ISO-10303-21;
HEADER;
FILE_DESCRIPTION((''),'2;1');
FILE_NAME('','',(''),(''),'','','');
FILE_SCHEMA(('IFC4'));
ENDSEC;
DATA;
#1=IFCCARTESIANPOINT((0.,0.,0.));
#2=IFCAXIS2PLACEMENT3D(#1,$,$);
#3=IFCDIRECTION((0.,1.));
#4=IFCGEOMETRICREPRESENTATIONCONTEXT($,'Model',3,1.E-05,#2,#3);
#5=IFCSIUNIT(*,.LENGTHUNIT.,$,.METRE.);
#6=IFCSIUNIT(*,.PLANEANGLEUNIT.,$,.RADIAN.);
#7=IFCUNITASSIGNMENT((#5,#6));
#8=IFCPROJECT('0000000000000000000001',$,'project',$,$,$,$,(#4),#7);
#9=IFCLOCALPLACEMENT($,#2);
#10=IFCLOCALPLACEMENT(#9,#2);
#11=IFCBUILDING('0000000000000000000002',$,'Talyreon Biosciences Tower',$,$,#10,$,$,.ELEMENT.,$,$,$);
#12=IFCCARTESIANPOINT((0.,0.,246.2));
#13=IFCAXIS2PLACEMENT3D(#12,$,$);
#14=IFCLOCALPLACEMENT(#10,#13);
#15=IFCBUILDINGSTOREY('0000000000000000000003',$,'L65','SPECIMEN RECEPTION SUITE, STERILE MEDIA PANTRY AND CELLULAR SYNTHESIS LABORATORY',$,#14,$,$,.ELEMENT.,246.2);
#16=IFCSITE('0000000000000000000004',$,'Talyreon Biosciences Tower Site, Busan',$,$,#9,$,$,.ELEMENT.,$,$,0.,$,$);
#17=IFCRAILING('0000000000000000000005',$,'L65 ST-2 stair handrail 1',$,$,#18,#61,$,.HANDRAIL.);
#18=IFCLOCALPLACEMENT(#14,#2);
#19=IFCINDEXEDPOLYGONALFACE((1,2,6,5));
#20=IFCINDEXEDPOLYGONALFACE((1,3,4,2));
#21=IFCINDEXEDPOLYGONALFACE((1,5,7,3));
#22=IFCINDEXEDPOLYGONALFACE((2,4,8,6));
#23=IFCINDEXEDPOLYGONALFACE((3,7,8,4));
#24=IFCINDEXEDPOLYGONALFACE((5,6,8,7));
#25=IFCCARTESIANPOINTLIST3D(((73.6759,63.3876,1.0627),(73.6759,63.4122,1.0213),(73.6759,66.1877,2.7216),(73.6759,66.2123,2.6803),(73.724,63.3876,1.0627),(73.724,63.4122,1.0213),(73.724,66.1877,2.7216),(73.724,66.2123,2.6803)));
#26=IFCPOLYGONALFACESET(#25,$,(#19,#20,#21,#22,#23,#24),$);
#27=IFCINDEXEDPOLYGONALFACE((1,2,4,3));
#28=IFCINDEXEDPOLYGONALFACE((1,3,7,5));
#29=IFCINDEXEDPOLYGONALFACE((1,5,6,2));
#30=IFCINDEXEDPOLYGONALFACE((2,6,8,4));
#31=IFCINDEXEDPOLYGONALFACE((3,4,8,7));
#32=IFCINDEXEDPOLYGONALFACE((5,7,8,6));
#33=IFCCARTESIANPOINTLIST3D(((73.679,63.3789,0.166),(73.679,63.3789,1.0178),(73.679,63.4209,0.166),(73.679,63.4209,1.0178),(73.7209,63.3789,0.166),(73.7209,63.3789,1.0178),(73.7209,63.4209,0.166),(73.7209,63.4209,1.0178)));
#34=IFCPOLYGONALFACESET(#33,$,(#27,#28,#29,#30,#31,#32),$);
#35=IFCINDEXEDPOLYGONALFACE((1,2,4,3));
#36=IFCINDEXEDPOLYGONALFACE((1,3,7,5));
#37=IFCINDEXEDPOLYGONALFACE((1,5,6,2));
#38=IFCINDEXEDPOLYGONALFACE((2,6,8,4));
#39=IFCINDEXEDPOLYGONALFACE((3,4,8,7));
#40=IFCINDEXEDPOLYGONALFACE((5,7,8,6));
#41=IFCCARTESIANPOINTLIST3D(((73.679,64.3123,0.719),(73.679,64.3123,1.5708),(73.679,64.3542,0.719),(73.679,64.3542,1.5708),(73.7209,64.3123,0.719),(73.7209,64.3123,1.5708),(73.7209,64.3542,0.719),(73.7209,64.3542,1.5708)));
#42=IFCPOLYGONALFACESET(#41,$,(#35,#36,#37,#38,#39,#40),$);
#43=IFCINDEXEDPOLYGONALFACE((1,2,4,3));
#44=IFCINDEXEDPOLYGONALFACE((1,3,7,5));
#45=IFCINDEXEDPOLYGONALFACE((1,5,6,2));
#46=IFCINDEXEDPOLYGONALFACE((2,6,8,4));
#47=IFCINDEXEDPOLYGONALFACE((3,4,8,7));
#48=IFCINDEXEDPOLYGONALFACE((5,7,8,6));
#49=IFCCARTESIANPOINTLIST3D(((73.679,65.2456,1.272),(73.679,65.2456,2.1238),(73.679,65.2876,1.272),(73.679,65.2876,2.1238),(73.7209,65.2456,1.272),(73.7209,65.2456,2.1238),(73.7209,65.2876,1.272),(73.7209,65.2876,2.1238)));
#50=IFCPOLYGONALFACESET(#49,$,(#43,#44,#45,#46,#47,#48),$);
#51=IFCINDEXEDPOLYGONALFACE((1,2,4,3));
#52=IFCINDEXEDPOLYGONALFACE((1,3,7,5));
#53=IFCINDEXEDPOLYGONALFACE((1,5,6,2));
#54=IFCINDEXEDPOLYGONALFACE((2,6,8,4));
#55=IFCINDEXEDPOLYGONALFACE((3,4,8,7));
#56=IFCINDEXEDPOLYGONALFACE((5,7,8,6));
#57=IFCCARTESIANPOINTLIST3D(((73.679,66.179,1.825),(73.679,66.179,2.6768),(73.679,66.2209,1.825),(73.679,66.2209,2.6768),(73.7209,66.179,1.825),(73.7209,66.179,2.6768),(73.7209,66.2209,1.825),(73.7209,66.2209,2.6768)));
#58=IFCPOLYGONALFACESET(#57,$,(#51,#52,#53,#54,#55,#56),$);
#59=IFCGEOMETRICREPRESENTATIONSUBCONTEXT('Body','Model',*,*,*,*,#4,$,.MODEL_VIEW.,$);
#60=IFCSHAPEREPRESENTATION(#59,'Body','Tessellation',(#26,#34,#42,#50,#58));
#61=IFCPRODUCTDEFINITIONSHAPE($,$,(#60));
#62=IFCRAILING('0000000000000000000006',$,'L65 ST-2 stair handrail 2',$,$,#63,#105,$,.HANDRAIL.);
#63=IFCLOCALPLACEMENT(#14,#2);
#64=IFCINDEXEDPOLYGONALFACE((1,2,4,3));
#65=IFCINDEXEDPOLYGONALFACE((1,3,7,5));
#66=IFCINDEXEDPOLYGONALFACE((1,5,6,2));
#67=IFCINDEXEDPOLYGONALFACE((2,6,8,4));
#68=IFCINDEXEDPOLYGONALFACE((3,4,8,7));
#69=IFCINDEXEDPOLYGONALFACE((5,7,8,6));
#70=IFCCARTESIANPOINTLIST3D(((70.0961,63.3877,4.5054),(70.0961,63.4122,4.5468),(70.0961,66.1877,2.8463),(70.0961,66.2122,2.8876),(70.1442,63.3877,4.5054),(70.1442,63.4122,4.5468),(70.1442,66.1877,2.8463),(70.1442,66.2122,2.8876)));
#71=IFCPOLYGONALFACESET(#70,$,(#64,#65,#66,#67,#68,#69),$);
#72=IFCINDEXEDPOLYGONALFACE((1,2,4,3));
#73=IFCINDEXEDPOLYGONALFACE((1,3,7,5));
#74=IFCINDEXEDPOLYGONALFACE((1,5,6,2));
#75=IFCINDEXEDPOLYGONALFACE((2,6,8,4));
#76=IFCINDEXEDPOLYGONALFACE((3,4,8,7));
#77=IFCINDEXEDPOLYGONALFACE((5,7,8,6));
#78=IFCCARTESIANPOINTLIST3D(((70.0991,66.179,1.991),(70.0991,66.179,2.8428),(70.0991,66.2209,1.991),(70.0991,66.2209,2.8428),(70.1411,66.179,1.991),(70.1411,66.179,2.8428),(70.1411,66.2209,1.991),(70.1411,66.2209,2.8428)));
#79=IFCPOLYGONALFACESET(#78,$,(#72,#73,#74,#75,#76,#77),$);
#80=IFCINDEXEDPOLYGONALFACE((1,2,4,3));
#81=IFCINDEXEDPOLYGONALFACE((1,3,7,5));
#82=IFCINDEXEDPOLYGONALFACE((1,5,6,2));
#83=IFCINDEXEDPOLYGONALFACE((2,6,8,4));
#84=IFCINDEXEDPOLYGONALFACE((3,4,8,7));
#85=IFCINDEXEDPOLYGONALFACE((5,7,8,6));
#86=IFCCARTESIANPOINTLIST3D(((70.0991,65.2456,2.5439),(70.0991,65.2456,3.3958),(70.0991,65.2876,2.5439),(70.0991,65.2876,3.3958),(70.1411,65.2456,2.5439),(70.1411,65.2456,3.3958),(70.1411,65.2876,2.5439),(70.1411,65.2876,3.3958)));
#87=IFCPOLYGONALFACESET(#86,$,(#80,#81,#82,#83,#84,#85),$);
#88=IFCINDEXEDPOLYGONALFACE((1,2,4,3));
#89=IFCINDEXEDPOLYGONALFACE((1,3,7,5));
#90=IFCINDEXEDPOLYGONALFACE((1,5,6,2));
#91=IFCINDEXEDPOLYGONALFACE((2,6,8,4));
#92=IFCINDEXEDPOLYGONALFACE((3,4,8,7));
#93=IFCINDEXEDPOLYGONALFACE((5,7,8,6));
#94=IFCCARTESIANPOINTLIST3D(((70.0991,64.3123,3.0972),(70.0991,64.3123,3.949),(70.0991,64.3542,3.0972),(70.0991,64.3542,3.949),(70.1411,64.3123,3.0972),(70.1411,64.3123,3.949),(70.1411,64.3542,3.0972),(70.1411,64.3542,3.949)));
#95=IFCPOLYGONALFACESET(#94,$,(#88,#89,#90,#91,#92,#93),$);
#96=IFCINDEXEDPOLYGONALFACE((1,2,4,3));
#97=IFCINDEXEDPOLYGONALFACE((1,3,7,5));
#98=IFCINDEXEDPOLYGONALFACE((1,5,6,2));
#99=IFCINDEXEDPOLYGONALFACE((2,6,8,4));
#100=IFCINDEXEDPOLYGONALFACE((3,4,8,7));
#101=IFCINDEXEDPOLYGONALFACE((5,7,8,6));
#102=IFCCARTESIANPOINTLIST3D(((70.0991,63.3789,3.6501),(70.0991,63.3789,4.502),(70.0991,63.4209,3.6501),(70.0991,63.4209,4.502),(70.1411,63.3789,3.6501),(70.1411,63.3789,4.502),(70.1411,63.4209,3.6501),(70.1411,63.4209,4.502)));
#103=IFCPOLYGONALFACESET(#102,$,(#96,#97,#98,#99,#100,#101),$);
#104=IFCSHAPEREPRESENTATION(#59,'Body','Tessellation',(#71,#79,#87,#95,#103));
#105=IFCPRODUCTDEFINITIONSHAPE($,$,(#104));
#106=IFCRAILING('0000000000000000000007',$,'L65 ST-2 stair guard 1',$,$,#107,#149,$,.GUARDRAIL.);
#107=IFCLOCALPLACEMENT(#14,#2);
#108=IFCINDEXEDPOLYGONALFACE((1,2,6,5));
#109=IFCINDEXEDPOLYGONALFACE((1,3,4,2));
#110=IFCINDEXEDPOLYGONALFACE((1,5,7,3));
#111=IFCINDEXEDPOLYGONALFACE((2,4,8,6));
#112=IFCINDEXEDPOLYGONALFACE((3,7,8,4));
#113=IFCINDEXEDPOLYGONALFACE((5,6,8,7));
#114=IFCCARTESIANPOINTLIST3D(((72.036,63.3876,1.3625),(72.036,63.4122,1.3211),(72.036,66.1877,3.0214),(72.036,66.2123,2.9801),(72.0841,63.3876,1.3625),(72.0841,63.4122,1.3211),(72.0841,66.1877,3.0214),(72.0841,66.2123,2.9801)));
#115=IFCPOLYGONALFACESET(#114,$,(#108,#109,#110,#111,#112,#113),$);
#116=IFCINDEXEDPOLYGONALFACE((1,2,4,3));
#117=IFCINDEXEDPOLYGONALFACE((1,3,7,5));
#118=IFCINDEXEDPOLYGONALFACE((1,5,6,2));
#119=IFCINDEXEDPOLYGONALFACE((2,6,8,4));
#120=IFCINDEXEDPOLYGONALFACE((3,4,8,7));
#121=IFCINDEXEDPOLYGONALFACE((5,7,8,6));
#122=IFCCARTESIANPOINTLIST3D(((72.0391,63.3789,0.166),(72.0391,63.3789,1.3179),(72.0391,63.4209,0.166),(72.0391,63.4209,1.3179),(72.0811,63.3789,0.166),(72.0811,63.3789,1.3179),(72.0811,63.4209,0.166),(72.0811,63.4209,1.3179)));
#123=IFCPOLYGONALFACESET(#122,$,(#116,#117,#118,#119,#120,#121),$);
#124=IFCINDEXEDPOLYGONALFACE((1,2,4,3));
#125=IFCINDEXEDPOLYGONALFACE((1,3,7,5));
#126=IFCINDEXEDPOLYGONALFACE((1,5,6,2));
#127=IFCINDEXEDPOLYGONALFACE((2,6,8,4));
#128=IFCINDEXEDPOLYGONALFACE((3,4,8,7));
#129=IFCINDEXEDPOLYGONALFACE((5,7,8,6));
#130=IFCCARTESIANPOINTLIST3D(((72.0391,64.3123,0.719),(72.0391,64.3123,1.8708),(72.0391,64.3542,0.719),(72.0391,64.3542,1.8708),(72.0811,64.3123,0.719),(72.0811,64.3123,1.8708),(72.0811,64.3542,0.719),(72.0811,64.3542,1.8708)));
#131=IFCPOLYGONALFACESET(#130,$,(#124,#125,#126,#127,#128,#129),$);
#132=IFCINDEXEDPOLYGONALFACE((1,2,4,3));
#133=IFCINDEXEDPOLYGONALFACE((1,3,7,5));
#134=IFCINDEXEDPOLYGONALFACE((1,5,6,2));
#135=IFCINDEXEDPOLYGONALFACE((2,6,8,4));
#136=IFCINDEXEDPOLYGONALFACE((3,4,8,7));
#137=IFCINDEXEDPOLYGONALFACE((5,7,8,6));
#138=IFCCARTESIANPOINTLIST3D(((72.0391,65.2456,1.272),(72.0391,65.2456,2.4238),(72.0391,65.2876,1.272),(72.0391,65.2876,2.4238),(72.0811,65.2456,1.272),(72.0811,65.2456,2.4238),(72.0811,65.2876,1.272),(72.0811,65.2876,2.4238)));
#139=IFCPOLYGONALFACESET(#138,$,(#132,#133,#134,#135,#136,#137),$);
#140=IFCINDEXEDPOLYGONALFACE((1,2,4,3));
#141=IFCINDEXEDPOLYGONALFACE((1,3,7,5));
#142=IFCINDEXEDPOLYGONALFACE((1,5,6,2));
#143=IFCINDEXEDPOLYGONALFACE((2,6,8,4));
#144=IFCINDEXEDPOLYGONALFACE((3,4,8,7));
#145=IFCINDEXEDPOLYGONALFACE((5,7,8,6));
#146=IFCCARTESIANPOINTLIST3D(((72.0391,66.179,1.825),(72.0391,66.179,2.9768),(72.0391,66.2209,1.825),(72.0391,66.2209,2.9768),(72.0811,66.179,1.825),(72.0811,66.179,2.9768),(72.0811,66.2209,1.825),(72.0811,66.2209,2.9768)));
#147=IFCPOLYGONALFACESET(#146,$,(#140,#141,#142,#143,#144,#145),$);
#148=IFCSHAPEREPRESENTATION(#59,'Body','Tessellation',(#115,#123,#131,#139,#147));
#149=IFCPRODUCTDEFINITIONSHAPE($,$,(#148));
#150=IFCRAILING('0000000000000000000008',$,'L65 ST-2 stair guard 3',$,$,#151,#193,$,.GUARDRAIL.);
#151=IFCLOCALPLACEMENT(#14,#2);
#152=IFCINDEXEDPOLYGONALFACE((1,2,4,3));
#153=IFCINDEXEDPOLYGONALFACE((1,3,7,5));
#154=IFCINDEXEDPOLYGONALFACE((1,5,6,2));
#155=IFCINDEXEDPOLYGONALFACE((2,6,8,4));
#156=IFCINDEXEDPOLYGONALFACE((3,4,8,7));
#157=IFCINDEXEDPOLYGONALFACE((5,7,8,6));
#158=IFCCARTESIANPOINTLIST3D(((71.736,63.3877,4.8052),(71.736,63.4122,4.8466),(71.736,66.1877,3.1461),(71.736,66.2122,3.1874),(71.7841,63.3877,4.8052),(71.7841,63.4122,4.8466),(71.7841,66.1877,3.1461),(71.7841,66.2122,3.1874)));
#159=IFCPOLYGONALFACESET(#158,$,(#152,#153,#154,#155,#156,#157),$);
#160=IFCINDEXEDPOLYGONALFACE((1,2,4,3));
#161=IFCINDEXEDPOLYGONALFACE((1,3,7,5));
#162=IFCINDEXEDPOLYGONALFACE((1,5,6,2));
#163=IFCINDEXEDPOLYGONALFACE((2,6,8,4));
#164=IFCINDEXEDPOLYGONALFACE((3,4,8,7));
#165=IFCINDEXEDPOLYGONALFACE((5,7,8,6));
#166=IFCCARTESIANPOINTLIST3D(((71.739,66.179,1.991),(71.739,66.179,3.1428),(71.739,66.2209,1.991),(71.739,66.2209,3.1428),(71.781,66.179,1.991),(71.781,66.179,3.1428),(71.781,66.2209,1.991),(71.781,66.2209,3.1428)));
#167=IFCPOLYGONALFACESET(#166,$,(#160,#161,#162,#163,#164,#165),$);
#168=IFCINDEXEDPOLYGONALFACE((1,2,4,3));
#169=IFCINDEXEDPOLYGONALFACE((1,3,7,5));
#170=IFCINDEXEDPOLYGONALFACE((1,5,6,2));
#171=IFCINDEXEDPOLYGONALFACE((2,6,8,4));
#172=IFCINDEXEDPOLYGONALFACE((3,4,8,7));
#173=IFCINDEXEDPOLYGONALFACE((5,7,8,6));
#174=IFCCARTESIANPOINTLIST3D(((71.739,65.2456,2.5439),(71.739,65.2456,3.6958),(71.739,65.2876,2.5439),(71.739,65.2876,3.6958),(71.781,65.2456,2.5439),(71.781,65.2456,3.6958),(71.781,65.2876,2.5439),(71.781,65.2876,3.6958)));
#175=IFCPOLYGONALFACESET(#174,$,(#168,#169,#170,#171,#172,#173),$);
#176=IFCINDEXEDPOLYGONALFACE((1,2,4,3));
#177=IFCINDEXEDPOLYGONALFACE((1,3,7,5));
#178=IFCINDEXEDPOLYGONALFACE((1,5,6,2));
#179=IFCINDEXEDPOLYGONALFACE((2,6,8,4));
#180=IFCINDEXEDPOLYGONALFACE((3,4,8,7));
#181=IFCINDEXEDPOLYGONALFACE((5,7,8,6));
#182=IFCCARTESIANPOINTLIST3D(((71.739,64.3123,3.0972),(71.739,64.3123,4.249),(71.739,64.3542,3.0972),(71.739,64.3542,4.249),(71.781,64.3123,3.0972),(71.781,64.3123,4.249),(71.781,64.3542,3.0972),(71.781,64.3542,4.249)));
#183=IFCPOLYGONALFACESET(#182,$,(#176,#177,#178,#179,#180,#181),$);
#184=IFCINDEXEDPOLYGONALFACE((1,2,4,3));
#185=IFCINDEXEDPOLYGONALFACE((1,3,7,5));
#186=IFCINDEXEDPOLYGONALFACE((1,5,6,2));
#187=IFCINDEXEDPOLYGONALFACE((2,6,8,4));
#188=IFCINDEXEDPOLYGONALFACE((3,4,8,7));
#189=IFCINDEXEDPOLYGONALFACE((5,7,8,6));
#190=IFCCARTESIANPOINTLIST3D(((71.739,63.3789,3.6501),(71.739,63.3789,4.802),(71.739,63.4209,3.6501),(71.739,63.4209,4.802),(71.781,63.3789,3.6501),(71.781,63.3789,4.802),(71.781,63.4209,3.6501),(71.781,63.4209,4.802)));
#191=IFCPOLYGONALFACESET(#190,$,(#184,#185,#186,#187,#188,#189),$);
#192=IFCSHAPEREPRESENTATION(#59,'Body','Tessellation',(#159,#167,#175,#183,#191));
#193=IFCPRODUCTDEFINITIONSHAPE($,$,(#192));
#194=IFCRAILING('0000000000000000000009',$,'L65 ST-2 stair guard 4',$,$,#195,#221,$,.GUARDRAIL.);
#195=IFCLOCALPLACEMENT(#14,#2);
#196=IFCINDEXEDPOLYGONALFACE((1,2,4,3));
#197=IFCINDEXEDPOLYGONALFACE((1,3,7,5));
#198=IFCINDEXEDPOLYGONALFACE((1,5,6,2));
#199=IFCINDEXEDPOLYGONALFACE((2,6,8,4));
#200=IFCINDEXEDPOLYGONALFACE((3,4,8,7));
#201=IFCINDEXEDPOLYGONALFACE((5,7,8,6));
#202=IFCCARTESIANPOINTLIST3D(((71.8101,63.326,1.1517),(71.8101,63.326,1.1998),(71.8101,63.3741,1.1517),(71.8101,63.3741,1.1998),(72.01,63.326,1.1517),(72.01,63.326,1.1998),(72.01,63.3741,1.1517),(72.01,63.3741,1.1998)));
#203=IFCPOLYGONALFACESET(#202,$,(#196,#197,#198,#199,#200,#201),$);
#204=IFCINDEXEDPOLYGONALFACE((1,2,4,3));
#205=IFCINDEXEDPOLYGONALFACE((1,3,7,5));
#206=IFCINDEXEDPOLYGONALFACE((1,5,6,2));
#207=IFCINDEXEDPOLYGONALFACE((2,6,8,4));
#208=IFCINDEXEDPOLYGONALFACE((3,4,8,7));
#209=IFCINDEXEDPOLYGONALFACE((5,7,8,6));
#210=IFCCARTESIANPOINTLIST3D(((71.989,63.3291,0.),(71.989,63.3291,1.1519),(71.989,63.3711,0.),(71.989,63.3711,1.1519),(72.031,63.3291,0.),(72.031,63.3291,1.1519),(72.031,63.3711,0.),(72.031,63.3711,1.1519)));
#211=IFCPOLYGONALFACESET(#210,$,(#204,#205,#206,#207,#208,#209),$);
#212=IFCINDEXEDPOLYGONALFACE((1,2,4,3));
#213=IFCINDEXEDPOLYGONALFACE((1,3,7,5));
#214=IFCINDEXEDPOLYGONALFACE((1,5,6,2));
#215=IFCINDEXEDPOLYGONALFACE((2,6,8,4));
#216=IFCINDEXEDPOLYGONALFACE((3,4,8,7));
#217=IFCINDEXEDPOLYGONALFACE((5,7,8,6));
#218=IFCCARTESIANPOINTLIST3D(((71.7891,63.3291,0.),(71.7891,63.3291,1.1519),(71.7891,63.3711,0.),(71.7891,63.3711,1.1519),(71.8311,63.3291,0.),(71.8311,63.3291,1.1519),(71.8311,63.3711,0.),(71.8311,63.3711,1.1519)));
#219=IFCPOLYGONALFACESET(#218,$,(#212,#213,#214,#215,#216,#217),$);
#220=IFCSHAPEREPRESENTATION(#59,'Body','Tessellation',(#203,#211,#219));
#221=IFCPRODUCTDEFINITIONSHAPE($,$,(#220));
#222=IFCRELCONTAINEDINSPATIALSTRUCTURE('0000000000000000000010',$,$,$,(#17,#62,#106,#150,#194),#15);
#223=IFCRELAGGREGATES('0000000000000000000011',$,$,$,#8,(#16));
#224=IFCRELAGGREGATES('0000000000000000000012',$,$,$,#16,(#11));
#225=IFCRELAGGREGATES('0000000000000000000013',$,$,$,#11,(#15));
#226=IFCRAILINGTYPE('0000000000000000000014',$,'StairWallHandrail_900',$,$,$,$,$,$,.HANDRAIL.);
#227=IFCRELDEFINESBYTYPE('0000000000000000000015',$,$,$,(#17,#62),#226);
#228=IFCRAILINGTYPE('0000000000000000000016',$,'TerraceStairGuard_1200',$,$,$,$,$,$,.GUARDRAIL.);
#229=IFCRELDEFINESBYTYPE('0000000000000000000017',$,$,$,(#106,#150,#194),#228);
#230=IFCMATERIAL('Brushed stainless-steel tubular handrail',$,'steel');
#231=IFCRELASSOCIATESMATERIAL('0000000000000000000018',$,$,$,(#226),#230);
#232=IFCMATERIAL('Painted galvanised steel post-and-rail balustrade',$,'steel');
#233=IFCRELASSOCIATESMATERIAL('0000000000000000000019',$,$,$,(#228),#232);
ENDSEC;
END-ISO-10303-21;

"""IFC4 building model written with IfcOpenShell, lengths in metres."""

from ifc_helpers import new_model, si_unit, direction, frame, origin, origin_2d, place, context, subcontext, project, spatial, rectangle, extrude, material, type_object, element, save


model = new_model("IFC4")

# Units and contexts
model_context = context("Model", 3, precision=1e-05, world=origin(), true_north=direction((0.0, 1.0)))
body_context = subcontext(model_context, "Body", "Model", "MODEL_VIEW")
ifc_project = project(units=[si_unit("LENGTHUNIT", "METRE"), si_unit("PLANEANGLEUNIT", "RADIAN")], contexts=[model_context])

# Site, building, storey
site_placement = place(None, origin())
site = spatial("IfcSite", under=ifc_project, at=site_placement, Name="Talyreon Biosciences Tower Site, Busan", CompositionType="ELEMENT", RefElevation=0.0)
building_placement = place(site_placement, origin())
building = spatial("IfcBuilding", under=site, at=building_placement, Name="Talyreon Biosciences Tower", CompositionType="ELEMENT")
storey_placement = place(building_placement, frame((0.0, 0.0, 246.2)))
storey = spatial("IfcBuildingStorey", under=building, at=storey_placement, Name="L65", Description="SPECIMEN RECEPTION SUITE, STERILE MEDIA PANTRY AND CELLULAR SYNTHESIS LABORATORY", CompositionType="ELEMENT", Elevation=246.2)

# Railings
ifc_material_1 = material(Name="Brushed stainless-steel tubular handrail", Category="steel")
railing_type_1 = type_object("IfcRailingType", Name="StairWallHandrail_900", PredefinedType="HANDRAIL", material=ifc_material_1)
railing_1_placement = place(storey_placement, frame((73.7, 63.3999, 0.166)))
element("IfcRailing", 1, at=railing_1_placement, inside=storey, type_object=railing_type_1, Name="L65 ST-2 stair handrail 1", PredefinedType="HANDRAIL", context=body_context, shape_type="SweptSolid", body=[
    extrude(rectangle(XDim=0.0481, YDim=0.0481, at=origin_2d()), frame((0.0, 0.0, 0.876), z_axis=(0.0, 0.860339, 0.509722), x_axis=(-1.0, 0.0, 0.0)), (0.0, 0.0, 1.0), 3.2546),
    extrude(rectangle(XDim=0.042, YDim=0.042, at=origin_2d()), origin(), (0.0, 0.0, 1.0), 0.8518),
    extrude(rectangle(XDim=0.042, YDim=0.042, at=origin_2d()), frame((0.0, 0.9333, 0.553)), (0.0, 0.0, 1.0), 0.8518),
    extrude(rectangle(XDim=0.042, YDim=0.042, at=origin_2d()), frame((0.0, 1.8667, 1.106)), (0.0, 0.0, 1.0), 0.8518),
    extrude(rectangle(XDim=0.042, YDim=0.042, at=origin_2d()), frame((0.0, 2.8, 1.6589)), (0.0, 0.0, 1.0), 0.8518),
])
railing_2_placement = place(storey_placement, frame((70.1201, 66.2, 1.991)))
element("IfcRailing", 2, at=railing_2_placement, inside=storey, type_object=railing_type_1, Name="L65 ST-2 stair handrail 2", PredefinedType="HANDRAIL", context=body_context, shape_type="SweptSolid", body=[
    extrude(rectangle(XDim=0.0481, YDim=0.0481, at=origin_2d()), frame((0.0, 0.0, 0.876), z_axis=(0.0, -0.860306, 0.509778), x_axis=(1.0, 0.0, 0.0)), (0.0, 0.0, 1.0), 3.2546),
    extrude(rectangle(XDim=0.042, YDim=0.042, at=origin_2d()), origin(), (0.0, 0.0, 1.0), 0.8518),
    extrude(rectangle(XDim=0.042, YDim=0.042, at=origin_2d()), frame((0.0, -0.9333, 0.553)), (0.0, 0.0, 1.0), 0.8518),
    extrude(rectangle(XDim=0.042, YDim=0.042, at=origin_2d()), frame((0.0, -1.8667, 1.1062)), (0.0, 0.0, 1.0), 0.8518),
    extrude(rectangle(XDim=0.042, YDim=0.042, at=origin_2d()), frame((0.0, -2.8, 1.6592)), (0.0, 0.0, 1.0), 0.8518),
])
ifc_material_2 = material(Name="Painted galvanised steel post-and-rail balustrade", Category="steel")
railing_type_2 = type_object("IfcRailingType", Name="TerraceStairGuard_1200", PredefinedType="GUARDRAIL", material=ifc_material_2)
railing_3_placement = place(storey_placement, frame((72.0601, 63.3999, 0.166)))
element("IfcRailing", 3, at=railing_3_placement, inside=storey, type_object=railing_type_2, Name="L65 ST-2 stair guard 1", PredefinedType="GUARDRAIL", context=body_context, shape_type="SweptSolid", body=[
    extrude(rectangle(XDim=0.0481, YDim=0.0481, at=origin_2d()), frame((0.0, 0.0, 1.1758), z_axis=(0.0, 0.860339, 0.509722), x_axis=(-1.0, 0.0, 0.0)), (0.0, 0.0, 1.0), 3.2546),
    extrude(rectangle(XDim=0.042, YDim=0.042, at=origin_2d()), origin(), (0.0, 0.0, 1.0), 1.1519),
    extrude(rectangle(XDim=0.042, YDim=0.042, at=origin_2d()), frame((0.0, 0.9333, 0.553)), (0.0, 0.0, 1.0), 1.1519),
    extrude(rectangle(XDim=0.042, YDim=0.042, at=origin_2d()), frame((0.0, 1.8667, 1.106)), (0.0, 0.0, 1.0), 1.1519),
    extrude(rectangle(XDim=0.042, YDim=0.042, at=origin_2d()), frame((0.0, 2.8, 1.6589)), (0.0, 0.0, 1.0), 1.1519),
])
railing_4_placement = place(storey_placement, frame((71.76, 66.2, 1.991)))
element("IfcRailing", 4, at=railing_4_placement, inside=storey, type_object=railing_type_2, Name="L65 ST-2 stair guard 3", PredefinedType="GUARDRAIL", context=body_context, shape_type="SweptSolid", body=[
    extrude(rectangle(XDim=0.0481, YDim=0.0481, at=origin_2d()), frame((0.0, 0.0, 1.1758), z_axis=(0.0, -0.860306, 0.509778), x_axis=(1.0, 0.0, 0.0)), (0.0, 0.0, 1.0), 3.2546),
    extrude(rectangle(XDim=0.042, YDim=0.042, at=origin_2d()), origin(), (0.0, 0.0, 1.0), 1.1519),
    extrude(rectangle(XDim=0.042, YDim=0.042, at=origin_2d()), frame((0.0, -0.9333, 0.553)), (0.0, 0.0, 1.0), 1.1519),
    extrude(rectangle(XDim=0.042, YDim=0.042, at=origin_2d()), frame((0.0, -1.8667, 1.1062)), (0.0, 0.0, 1.0), 1.1519),
    extrude(rectangle(XDim=0.042, YDim=0.042, at=origin_2d()), frame((0.0, -2.8, 1.6592)), (0.0, 0.0, 1.0), 1.1519),
])
railing_5_placement = place(storey_placement, frame((72.01, 63.3501, 0.0)))
element("IfcRailing", 5, at=railing_5_placement, inside=storey, type_object=railing_type_2, Name="L65 ST-2 stair guard 4", PredefinedType="GUARDRAIL", context=body_context, shape_type="SweptSolid", body=[
    extrude(rectangle(XDim=0.0481, YDim=0.0481, at=origin_2d()), frame((0.0, 0.0, 1.1758), z_axis=(-1.0, 0.0, 0.0), x_axis=(0.0, -1.0, 0.0)), (0.0, 0.0, 1.0), 0.2),
    extrude(rectangle(XDim=0.042, YDim=0.042, at=origin_2d()), origin(), (0.0, 0.0, 1.0), 1.1519),
    extrude(rectangle(XDim=0.042, YDim=0.042, at=origin_2d()), frame((-0.2, 0.0, 0.0)), (0.0, 0.0, 1.0), 1.1519),
])

save(model, "model.ifc")
